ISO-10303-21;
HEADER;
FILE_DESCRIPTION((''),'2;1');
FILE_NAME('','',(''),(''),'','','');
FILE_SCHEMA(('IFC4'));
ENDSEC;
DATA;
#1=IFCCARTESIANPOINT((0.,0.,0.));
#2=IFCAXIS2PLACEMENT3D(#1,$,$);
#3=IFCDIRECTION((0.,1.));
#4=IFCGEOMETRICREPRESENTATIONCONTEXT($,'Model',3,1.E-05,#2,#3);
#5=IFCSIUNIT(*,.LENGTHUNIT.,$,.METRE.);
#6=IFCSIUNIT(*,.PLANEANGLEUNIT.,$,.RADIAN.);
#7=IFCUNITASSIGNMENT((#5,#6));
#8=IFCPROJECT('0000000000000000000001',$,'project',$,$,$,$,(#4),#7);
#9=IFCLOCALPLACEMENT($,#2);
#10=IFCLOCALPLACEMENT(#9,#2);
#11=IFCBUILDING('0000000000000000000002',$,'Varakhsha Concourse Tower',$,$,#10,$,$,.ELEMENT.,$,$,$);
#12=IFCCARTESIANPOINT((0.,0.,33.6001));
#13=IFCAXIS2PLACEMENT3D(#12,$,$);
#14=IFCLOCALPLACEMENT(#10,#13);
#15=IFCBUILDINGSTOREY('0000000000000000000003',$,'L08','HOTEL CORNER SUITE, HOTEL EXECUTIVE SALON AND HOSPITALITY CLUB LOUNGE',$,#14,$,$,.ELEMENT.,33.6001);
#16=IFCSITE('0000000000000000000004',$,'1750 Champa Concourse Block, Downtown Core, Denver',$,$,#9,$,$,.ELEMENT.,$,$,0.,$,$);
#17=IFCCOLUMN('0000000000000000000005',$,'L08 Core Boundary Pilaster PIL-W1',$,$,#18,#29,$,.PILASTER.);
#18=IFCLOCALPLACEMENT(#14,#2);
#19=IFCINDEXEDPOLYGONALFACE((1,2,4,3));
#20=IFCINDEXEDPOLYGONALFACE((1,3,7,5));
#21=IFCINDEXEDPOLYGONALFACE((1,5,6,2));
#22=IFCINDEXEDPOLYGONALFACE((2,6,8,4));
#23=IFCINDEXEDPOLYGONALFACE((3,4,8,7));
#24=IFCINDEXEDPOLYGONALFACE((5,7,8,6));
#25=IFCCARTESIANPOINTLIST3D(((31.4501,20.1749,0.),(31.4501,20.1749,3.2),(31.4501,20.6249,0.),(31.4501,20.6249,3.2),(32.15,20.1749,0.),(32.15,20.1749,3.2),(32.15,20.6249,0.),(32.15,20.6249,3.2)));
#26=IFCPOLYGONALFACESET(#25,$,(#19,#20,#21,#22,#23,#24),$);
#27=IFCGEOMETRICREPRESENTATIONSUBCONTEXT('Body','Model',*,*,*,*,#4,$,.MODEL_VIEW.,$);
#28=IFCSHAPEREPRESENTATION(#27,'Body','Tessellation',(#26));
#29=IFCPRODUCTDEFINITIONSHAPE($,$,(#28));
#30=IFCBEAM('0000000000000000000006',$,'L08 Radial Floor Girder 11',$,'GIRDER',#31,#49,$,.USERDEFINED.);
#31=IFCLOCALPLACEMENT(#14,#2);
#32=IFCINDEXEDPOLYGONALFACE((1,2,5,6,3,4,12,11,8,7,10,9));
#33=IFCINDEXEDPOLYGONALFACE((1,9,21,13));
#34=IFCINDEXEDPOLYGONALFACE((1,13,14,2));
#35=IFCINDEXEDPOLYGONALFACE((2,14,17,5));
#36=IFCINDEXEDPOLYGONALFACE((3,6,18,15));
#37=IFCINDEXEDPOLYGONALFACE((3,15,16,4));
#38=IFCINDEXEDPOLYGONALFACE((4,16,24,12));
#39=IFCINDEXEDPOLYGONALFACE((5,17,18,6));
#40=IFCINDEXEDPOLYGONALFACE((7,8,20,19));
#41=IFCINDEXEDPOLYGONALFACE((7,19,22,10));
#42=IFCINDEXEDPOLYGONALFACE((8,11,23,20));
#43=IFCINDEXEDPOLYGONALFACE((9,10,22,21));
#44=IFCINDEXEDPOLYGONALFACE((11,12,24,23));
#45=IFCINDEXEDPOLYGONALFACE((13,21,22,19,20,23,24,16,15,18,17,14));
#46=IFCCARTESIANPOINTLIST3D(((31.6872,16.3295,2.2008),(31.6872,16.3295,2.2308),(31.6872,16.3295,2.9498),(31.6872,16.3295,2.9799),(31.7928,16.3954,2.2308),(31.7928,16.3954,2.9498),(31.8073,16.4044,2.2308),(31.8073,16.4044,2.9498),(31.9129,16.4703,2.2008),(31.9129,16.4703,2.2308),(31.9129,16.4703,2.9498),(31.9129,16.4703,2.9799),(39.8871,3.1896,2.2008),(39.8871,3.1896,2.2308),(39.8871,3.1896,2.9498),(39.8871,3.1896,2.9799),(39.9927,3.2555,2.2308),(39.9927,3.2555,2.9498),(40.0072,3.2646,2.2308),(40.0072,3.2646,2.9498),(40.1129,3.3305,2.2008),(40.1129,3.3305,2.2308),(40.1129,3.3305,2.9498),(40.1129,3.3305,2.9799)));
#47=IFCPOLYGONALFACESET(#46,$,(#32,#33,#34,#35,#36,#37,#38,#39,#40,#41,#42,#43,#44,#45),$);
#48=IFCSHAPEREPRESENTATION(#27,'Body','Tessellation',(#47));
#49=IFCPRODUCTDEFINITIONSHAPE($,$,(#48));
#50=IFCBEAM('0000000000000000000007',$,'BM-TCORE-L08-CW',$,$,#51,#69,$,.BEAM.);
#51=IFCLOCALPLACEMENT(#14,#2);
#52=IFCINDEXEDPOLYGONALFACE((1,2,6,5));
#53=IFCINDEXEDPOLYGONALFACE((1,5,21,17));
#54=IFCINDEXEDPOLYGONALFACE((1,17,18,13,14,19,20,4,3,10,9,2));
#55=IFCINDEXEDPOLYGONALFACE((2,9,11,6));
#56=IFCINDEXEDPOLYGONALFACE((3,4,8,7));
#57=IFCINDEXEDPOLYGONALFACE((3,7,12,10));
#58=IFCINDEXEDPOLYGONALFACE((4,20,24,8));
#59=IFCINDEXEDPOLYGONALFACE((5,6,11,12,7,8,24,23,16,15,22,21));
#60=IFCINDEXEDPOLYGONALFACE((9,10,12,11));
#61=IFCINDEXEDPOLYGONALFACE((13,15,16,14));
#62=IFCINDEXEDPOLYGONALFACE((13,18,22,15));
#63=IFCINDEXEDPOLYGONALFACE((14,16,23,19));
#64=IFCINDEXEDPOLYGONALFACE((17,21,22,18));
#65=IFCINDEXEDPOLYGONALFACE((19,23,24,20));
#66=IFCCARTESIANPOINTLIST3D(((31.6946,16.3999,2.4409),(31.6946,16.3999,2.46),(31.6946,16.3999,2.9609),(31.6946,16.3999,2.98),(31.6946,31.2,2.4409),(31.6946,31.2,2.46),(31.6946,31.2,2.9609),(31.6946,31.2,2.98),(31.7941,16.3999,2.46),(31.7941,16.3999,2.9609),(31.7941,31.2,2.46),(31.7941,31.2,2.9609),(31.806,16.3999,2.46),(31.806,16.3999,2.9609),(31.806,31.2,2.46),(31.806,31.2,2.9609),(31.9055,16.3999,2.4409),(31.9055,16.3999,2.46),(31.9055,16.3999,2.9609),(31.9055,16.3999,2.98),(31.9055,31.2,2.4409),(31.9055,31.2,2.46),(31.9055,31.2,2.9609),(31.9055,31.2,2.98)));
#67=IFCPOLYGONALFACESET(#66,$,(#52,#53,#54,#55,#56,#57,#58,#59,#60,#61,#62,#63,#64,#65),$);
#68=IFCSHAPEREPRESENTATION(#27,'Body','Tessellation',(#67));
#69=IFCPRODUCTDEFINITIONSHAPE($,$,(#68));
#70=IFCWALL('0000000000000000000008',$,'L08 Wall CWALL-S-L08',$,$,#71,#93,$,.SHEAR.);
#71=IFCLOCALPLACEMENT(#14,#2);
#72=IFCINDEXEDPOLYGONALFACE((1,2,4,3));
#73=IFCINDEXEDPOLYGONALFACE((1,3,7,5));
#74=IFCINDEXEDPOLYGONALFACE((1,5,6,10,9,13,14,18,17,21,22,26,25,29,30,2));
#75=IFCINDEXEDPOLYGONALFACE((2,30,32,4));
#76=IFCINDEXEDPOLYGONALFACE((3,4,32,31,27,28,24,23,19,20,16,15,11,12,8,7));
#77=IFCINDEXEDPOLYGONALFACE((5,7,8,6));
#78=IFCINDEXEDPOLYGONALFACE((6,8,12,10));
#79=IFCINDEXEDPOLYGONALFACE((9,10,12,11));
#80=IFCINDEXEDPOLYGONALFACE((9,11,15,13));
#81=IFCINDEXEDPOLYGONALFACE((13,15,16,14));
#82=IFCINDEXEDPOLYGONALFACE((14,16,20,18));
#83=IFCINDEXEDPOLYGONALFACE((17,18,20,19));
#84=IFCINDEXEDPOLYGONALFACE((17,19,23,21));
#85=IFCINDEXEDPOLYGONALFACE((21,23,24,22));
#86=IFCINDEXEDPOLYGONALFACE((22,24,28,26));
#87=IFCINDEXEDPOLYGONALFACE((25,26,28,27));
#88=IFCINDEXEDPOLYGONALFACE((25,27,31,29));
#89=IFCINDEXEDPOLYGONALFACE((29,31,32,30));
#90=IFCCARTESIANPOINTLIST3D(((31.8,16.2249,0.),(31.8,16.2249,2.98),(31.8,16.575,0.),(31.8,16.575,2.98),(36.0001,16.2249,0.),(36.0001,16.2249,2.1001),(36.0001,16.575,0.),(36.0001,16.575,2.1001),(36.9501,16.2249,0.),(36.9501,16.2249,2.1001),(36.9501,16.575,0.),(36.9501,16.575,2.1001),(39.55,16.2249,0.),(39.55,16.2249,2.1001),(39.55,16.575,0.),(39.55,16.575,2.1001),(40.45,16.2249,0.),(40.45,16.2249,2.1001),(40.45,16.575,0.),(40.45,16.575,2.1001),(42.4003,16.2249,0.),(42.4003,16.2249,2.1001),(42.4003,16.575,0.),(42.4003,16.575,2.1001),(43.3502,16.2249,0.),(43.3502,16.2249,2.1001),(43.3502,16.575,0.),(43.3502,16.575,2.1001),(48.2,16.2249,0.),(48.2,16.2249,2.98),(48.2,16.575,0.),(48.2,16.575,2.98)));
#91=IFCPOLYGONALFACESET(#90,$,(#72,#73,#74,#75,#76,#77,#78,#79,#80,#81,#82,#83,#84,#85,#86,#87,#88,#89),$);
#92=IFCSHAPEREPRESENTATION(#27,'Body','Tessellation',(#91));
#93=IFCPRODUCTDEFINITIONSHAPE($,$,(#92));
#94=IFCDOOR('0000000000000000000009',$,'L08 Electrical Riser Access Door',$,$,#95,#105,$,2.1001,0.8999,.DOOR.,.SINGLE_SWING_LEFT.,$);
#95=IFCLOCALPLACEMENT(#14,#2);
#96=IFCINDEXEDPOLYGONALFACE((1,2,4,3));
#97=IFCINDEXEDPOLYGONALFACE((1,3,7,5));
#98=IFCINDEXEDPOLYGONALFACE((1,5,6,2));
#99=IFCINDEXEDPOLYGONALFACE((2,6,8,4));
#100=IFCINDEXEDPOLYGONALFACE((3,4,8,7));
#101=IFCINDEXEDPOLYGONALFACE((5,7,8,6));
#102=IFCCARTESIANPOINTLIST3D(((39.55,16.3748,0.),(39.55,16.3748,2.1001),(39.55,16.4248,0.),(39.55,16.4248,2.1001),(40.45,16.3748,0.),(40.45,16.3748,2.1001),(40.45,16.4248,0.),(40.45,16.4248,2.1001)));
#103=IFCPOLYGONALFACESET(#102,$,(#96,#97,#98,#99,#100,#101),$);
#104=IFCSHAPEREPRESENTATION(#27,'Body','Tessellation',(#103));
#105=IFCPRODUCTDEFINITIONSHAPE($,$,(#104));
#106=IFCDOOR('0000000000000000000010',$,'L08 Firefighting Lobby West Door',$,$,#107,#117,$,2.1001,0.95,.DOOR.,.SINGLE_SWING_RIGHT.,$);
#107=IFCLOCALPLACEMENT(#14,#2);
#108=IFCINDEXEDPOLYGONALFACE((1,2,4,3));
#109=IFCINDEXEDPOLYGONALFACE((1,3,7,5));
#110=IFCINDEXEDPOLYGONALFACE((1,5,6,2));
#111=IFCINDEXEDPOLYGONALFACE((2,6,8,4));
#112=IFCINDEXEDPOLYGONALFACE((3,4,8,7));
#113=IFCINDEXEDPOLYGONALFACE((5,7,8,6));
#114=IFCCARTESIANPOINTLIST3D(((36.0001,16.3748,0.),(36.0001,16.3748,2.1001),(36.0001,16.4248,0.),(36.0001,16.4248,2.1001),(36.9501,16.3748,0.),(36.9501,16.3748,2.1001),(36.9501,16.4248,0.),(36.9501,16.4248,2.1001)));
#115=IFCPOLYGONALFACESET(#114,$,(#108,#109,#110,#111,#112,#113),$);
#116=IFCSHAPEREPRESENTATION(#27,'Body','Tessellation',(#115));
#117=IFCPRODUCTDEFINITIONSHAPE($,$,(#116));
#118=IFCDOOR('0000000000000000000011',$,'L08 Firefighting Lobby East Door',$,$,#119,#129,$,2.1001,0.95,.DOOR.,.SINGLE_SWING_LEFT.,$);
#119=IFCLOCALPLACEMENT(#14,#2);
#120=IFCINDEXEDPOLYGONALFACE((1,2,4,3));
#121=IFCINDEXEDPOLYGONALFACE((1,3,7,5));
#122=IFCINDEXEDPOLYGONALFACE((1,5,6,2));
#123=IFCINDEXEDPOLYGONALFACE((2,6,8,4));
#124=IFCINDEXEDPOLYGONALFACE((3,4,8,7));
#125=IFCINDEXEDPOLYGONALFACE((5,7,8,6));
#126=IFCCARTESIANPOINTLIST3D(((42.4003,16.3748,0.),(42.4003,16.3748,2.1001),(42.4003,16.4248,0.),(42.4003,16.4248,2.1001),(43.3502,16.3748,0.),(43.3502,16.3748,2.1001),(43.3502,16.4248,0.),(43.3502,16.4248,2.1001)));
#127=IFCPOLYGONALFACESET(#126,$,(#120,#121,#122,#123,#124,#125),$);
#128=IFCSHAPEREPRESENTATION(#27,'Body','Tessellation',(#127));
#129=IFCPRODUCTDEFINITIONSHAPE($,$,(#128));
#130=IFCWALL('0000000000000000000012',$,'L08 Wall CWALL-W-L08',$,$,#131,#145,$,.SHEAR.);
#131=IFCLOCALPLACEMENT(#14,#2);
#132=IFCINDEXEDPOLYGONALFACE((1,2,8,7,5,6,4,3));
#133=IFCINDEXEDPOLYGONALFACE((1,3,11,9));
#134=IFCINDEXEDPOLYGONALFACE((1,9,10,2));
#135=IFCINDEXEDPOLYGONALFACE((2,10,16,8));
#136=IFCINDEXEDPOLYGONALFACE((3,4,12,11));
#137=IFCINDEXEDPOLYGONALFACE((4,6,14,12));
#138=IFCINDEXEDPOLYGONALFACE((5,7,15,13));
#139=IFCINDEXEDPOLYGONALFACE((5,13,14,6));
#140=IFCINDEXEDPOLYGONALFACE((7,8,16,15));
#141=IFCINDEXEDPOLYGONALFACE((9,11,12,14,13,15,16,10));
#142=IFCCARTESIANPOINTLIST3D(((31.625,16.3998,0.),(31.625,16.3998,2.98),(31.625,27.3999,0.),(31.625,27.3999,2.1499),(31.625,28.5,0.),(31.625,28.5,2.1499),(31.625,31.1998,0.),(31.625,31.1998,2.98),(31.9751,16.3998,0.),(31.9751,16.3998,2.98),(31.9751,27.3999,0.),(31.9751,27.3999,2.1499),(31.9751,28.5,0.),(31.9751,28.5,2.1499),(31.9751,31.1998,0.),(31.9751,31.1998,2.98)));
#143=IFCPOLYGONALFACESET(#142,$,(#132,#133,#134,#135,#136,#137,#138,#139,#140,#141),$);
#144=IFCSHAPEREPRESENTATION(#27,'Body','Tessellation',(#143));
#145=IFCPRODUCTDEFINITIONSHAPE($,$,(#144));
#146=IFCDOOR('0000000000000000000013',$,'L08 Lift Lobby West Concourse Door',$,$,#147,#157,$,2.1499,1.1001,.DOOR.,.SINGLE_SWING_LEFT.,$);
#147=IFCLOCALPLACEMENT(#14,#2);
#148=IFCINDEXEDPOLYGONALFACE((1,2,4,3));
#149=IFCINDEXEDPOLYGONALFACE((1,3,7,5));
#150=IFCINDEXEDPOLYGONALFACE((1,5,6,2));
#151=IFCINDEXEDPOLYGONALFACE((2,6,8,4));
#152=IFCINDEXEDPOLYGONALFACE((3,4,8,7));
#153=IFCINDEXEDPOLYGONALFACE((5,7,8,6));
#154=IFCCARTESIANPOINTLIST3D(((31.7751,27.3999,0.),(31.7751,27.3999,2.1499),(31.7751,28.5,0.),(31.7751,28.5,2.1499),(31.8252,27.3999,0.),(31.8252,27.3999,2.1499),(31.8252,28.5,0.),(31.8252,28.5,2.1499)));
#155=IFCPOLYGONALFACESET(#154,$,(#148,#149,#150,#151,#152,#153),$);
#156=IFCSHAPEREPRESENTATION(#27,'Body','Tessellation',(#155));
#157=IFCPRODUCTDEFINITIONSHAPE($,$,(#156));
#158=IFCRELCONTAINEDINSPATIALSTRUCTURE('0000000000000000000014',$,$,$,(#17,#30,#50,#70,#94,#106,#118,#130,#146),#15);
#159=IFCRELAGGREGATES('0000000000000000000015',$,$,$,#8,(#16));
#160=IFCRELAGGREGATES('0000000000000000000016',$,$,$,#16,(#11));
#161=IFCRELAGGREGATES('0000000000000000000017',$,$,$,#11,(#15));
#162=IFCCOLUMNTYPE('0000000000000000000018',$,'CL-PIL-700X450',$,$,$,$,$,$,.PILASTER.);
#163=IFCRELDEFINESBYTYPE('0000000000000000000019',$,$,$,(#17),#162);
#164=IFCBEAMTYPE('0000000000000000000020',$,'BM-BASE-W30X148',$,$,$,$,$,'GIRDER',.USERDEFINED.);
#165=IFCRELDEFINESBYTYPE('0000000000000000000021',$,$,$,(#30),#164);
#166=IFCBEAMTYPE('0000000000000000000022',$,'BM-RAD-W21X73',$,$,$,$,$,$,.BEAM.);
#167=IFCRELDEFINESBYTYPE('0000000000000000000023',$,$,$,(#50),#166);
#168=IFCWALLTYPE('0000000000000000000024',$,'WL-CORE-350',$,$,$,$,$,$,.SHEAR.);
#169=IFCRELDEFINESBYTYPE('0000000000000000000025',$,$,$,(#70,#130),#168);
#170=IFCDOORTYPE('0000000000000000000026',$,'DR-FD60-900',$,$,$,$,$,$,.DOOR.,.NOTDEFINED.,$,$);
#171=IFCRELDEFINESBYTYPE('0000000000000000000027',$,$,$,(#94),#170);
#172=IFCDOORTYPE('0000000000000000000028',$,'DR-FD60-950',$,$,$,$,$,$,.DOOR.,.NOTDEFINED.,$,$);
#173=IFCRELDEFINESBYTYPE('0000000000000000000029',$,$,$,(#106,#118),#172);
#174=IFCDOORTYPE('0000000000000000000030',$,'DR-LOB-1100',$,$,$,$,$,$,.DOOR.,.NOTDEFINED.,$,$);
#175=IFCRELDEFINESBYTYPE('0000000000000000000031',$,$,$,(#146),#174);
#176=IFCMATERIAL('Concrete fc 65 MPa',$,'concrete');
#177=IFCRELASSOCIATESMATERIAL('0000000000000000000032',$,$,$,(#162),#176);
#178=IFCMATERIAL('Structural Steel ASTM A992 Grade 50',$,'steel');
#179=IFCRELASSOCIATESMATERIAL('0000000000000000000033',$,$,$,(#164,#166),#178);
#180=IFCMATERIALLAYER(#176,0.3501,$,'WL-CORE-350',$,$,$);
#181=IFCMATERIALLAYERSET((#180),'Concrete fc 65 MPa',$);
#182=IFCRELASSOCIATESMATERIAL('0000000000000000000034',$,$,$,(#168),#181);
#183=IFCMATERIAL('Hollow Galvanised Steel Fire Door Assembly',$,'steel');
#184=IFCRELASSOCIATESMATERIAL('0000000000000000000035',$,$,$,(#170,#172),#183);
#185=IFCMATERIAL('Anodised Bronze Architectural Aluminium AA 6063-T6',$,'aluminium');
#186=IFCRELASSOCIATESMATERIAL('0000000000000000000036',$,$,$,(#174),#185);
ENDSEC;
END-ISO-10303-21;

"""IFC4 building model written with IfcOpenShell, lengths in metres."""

from ifc_helpers import new_model, si_unit, direction, frame, frame_2d, origin, origin_2d, place, context, subcontext, project, spatial, rectangle, i_section, extrude, material, layer, layer_set, material_profile, profile_set, type_object, element, fill, save


model = new_model("IFC4")

# Units and contexts
model_context = context("Model", 3, precision=1e-05, world=origin(), true_north=direction((0.0, 1.0)))
body_context = subcontext(model_context, "Body", "Model", "MODEL_VIEW")
ifc_project = project(units=[si_unit("LENGTHUNIT", "METRE"), si_unit("PLANEANGLEUNIT", "RADIAN")], contexts=[model_context])

# Site, building, storey
site_placement = place(None, origin())
site = spatial("IfcSite", under=ifc_project, at=site_placement, Name="1750 Champa Concourse Block, Downtown Core, Denver", CompositionType="ELEMENT", RefElevation=0.0)
building_placement = place(site_placement, origin())
building = spatial("IfcBuilding", under=site, at=building_placement, Name="Varakhsha Concourse Tower", CompositionType="ELEMENT")
storey_placement = place(building_placement, frame((0.0, 0.0, 33.6001)))
storey = spatial("IfcBuildingStorey", under=building, at=storey_placement, Name="L08", Description="HOTEL CORNER SUITE, HOTEL EXECUTIVE SALON AND HOSPITALITY CLUB LOUNGE", CompositionType="ELEMENT", Elevation=33.6001)

# Column
ifc_material_1 = material(Name="Concrete fc 65 MPa", Category="concrete")
ifc_material_profile_1 = material_profile(ifc_material_1, rectangle(XDim=0.7, YDim=0.45, at=origin_2d()), Name="RC 700x450")
ifc_profile_set_1 = profile_set([ifc_material_profile_1], Name="Concrete fc 65 MPa")
column_type = type_object("IfcColumnType", Name="CL-PIL-700X450", PredefinedType="PILASTER", material=ifc_profile_set_1)
column_placement = place(storey_placement, frame((31.8, 20.3999, 0.0), z_axis=(0.0, 0.0, 1.0), x_axis=(1.0, 0.0, 0.0)))
element("IfcColumn", 1, at=column_placement, inside=storey, type_object=column_type, Name="L08 Core Boundary Pilaster PIL-W1", PredefinedType="PILASTER", context=body_context, shape_type="SweptSolid", body=[
    extrude(rectangle(XDim=0.7, YDim=0.45, at=origin_2d()), origin(), (0.0, 0.0, 1.0), 3.2),
])

# Beams
ifc_material_2 = material(Name="Structural Steel ASTM A992 Grade 50", Category="steel")
ifc_material_profile_2 = material_profile(ifc_material_2, i_section(OverallWidth=0.2661, OverallDepth=0.7791, WebThickness=0.0171, FlangeThickness=0.03, at=origin_2d()), Name="W30X148")
ifc_profile_set_2 = profile_set([ifc_material_profile_2], Name="Structural Steel ASTM A992 Grade 50")
beam_type_1 = type_object("IfcBeamType", Name="BM-BASE-W30X148", ElementType="GIRDER", PredefinedType="USERDEFINED", material=ifc_profile_set_2)
beam_1_placement = place(storey_placement, frame((31.8, 16.3999, 2.5903), z_axis=(0.529419, -0.84836, 0.0), x_axis=(0.84836, 0.529419, 0.0)))
element("IfcBeam", 2, at=beam_1_placement, inside=storey, type_object=beam_type_1, Name="L08 Radial Floor Girder 11", ObjectType="GIRDER", PredefinedType="USERDEFINED", context=body_context, shape_type="SweptSolid", body=[
    extrude(i_section(OverallWidth=0.2661, OverallDepth=0.7791, WebThickness=0.0171, FlangeThickness=0.03, at=origin_2d()), origin(), (0.0, 0.0, 1.0), 15.4885),
])
ifc_material_profile_3 = material_profile(ifc_material_2, i_section(OverallWidth=0.2109, OverallDepth=0.5391, WebThickness=0.012, FlangeThickness=0.019, at=origin_2d()), Name="W21X73")
ifc_profile_set_3 = profile_set([ifc_material_profile_3], Name="Structural Steel ASTM A992 Grade 50")
beam_type_2 = type_object("IfcBeamType", Name="BM-RAD-W21X73", PredefinedType="BEAM", material=ifc_profile_set_3)
beam_2_placement = place(storey_placement, frame((31.8, 16.3999, 2.7104), z_axis=(0.0, 1.0, 0.0), x_axis=(-1.0, 0.0, 0.0)))
element("IfcBeam", 3, at=beam_2_placement, inside=storey, type_object=beam_type_2, Name="BM-TCORE-L08-CW", PredefinedType="BEAM", context=body_context, shape_type="SweptSolid", body=[
    extrude(i_section(OverallWidth=0.2109, OverallDepth=0.5391, WebThickness=0.012, FlangeThickness=0.019, at=origin_2d()), origin(), (0.0, 0.0, 1.0), 14.8),
])

# Wall, openings, doors
ifc_layer_1 = layer(ifc_material_1, 0.3501, Name="WL-CORE-350")
ifc_layer_set_1 = layer_set([ifc_layer_1], Name="Concrete fc 65 MPa")
wall_type_1 = type_object("IfcWallType", Name="WL-CORE-350", PredefinedType="SHEAR", material=ifc_layer_set_1)
wall_1_placement = place(storey_placement, frame((31.8, 16.3999, 0.0), z_axis=(0.0, 0.0, 1.0), x_axis=(1.0, 0.0, 0.0)))
wall_1 = element("IfcWall", 4, at=wall_1_placement, inside=storey, type_object=wall_type_1, Name="L08 Wall CWALL-S-L08", PredefinedType="SHEAR", context=body_context, shape_type="SweptSolid", body=[
    extrude(rectangle(XDim=16.3999, YDim=0.3501, at=frame_2d((8.2, 0.0))), origin(), (0.0, 0.0, 1.0), 2.98),
])
opening_1_placement = place(wall_1_placement, frame((7.75, 0.0, 0.0)))
opening_1 = element("IfcOpeningElement", 5, at=opening_1_placement, cuts=wall_1, PredefinedType="OPENING", context=body_context, shape_type="SweptSolid", body=[
    extrude(rectangle(XDim=0.8999, YDim=2.1001, at=frame_2d((0.45, 1.05))), frame((0.0, 0.1851, 0.0), z_axis=(0.0, -1.0, 0.0), x_axis=(1.0, 0.0, 0.0)), (0.0, 0.0, 1.0), 0.3701),
])
opening_2_placement = place(wall_1_placement, frame((4.2, 0.0, 0.0)))
opening_2 = element("IfcOpeningElement", 6, at=opening_2_placement, cuts=wall_1, PredefinedType="OPENING", context=body_context, shape_type="SweptSolid", body=[
    extrude(rectangle(XDim=0.95, YDim=2.1001, at=frame_2d((0.4751, 1.05))), frame((0.0, 0.1851, 0.0), z_axis=(0.0, -1.0, 0.0), x_axis=(1.0, 0.0, 0.0)), (0.0, 0.0, 1.0), 0.3701),
])
opening_3_placement = place(wall_1_placement, frame((10.6001, 0.0, 0.0)))
opening_3 = element("IfcOpeningElement", 7, at=opening_3_placement, cuts=wall_1, PredefinedType="OPENING", context=body_context, shape_type="SweptSolid", body=[
    extrude(rectangle(XDim=0.95, YDim=2.1001, at=frame_2d((0.4751, 1.05))), frame((0.0, 0.1851, 0.0), z_axis=(0.0, -1.0, 0.0), x_axis=(1.0, 0.0, 0.0)), (0.0, 0.0, 1.0), 0.3701),
])
ifc_material_3 = material(Name="Hollow Galvanised Steel Fire Door Assembly", Category="steel")
door_type_1 = type_object("IfcDoorType", Name="DR-FD60-900", OperationType="NOTDEFINED", PredefinedType="DOOR", material=ifc_material_3)
door_1_placement = place(opening_1_placement, origin())
door_1 = element("IfcDoor", 8, at=door_1_placement, inside=storey, type_object=door_type_1, Name="L08 Electrical Riser Access Door", OperationType="SINGLE_SWING_LEFT", OverallHeight=2.1001, OverallWidth=0.8999, PredefinedType="DOOR", context=body_context, shape_type="SweptSolid", body=[
    extrude(rectangle(XDim=0.8999, YDim=2.1001, at=frame_2d((0.45, 1.05))), frame((0.0, 0.0249, 0.0), z_axis=(0.0, -1.0, 0.0), x_axis=(1.0, 0.0, 0.0)), (0.0, 0.0, 1.0), 0.05),
])
fill(opening_1, door_1)
door_type_2 = type_object("IfcDoorType", Name="DR-FD60-950", OperationType="NOTDEFINED", PredefinedType="DOOR", material=ifc_material_3)
door_2_placement = place(opening_2_placement, origin())
door_2 = element("IfcDoor", 9, at=door_2_placement, inside=storey, type_object=door_type_2, Name="L08 Firefighting Lobby West Door", OperationType="SINGLE_SWING_RIGHT", OverallHeight=2.1001, OverallWidth=0.95, PredefinedType="DOOR", context=body_context, shape_type="SweptSolid", body=[
    extrude(rectangle(XDim=0.95, YDim=2.1001, at=frame_2d((0.4751, 1.05))), frame((0.0, 0.0249, 0.0), z_axis=(0.0, -1.0, 0.0), x_axis=(1.0, 0.0, 0.0)), (0.0, 0.0, 1.0), 0.05),
])
fill(opening_2, door_2)
door_3_placement = place(opening_3_placement, origin())
door_3 = element("IfcDoor", 10, at=door_3_placement, inside=storey, type_object=door_type_2, Name="L08 Firefighting Lobby East Door", OperationType="SINGLE_SWING_LEFT", OverallHeight=2.1001, OverallWidth=0.95, PredefinedType="DOOR", context=body_context, shape_type="SweptSolid", body=[
    extrude(rectangle(XDim=0.95, YDim=2.1001, at=frame_2d((0.4751, 1.05))), frame((0.0, 0.0249, 0.0), z_axis=(0.0, -1.0, 0.0), x_axis=(1.0, 0.0, 0.0)), (0.0, 0.0, 1.0), 0.05),
])
fill(opening_3, door_3)

# Wall, opening, door
wall_2_placement = place(storey_placement, frame((31.8, 16.3999, 0.0), z_axis=(0.0, 0.0, 1.0), x_axis=(0.0, 1.0, 0.0)))
wall_2 = element("IfcWall", 11, at=wall_2_placement, inside=storey, type_object=wall_type_1, Name="L08 Wall CWALL-W-L08", PredefinedType="SHEAR", context=body_context, shape_type="SweptSolid", body=[
    extrude(rectangle(XDim=14.8, YDim=0.3501, at=frame_2d((7.3999, 0.0))), origin(), (0.0, 0.0, 1.0), 2.98),
])
opening_4_placement = place(wall_2_placement, frame((11.0, 0.0, 0.0)))
opening_4 = element("IfcOpeningElement", 12, at=opening_4_placement, cuts=wall_2, PredefinedType="OPENING", context=body_context, shape_type="SweptSolid", body=[
    extrude(rectangle(XDim=1.1001, YDim=2.1499, at=frame_2d((0.55, 1.075))), frame((0.0, 0.1851, 0.0), z_axis=(0.0, -1.0, 0.0), x_axis=(1.0, 0.0, 0.0)), (0.0, 0.0, 1.0), 0.3701),
])
ifc_material_4 = material(Name="Anodised Bronze Architectural Aluminium AA 6063-T6", Category="aluminium")
door_type_3 = type_object("IfcDoorType", Name="DR-LOB-1100", OperationType="NOTDEFINED", PredefinedType="DOOR", material=ifc_material_4)
door_4_placement = place(opening_4_placement, origin())
door_4 = element("IfcDoor", 13, at=door_4_placement, inside=storey, type_object=door_type_3, Name="L08 Lift Lobby West Concourse Door", OperationType="SINGLE_SWING_LEFT", OverallHeight=2.1499, OverallWidth=1.1001, PredefinedType="DOOR", context=body_context, shape_type="SweptSolid", body=[
    extrude(rectangle(XDim=1.1001, YDim=2.1499, at=frame_2d((0.55, 1.075))), frame((0.0, 0.0249, 0.0), z_axis=(0.0, -1.0, 0.0), x_axis=(1.0, 0.0, 0.0)), (0.0, 0.0, 1.0), 0.05),
])
fill(opening_4, door_4)

save(model, "model.ifc")
